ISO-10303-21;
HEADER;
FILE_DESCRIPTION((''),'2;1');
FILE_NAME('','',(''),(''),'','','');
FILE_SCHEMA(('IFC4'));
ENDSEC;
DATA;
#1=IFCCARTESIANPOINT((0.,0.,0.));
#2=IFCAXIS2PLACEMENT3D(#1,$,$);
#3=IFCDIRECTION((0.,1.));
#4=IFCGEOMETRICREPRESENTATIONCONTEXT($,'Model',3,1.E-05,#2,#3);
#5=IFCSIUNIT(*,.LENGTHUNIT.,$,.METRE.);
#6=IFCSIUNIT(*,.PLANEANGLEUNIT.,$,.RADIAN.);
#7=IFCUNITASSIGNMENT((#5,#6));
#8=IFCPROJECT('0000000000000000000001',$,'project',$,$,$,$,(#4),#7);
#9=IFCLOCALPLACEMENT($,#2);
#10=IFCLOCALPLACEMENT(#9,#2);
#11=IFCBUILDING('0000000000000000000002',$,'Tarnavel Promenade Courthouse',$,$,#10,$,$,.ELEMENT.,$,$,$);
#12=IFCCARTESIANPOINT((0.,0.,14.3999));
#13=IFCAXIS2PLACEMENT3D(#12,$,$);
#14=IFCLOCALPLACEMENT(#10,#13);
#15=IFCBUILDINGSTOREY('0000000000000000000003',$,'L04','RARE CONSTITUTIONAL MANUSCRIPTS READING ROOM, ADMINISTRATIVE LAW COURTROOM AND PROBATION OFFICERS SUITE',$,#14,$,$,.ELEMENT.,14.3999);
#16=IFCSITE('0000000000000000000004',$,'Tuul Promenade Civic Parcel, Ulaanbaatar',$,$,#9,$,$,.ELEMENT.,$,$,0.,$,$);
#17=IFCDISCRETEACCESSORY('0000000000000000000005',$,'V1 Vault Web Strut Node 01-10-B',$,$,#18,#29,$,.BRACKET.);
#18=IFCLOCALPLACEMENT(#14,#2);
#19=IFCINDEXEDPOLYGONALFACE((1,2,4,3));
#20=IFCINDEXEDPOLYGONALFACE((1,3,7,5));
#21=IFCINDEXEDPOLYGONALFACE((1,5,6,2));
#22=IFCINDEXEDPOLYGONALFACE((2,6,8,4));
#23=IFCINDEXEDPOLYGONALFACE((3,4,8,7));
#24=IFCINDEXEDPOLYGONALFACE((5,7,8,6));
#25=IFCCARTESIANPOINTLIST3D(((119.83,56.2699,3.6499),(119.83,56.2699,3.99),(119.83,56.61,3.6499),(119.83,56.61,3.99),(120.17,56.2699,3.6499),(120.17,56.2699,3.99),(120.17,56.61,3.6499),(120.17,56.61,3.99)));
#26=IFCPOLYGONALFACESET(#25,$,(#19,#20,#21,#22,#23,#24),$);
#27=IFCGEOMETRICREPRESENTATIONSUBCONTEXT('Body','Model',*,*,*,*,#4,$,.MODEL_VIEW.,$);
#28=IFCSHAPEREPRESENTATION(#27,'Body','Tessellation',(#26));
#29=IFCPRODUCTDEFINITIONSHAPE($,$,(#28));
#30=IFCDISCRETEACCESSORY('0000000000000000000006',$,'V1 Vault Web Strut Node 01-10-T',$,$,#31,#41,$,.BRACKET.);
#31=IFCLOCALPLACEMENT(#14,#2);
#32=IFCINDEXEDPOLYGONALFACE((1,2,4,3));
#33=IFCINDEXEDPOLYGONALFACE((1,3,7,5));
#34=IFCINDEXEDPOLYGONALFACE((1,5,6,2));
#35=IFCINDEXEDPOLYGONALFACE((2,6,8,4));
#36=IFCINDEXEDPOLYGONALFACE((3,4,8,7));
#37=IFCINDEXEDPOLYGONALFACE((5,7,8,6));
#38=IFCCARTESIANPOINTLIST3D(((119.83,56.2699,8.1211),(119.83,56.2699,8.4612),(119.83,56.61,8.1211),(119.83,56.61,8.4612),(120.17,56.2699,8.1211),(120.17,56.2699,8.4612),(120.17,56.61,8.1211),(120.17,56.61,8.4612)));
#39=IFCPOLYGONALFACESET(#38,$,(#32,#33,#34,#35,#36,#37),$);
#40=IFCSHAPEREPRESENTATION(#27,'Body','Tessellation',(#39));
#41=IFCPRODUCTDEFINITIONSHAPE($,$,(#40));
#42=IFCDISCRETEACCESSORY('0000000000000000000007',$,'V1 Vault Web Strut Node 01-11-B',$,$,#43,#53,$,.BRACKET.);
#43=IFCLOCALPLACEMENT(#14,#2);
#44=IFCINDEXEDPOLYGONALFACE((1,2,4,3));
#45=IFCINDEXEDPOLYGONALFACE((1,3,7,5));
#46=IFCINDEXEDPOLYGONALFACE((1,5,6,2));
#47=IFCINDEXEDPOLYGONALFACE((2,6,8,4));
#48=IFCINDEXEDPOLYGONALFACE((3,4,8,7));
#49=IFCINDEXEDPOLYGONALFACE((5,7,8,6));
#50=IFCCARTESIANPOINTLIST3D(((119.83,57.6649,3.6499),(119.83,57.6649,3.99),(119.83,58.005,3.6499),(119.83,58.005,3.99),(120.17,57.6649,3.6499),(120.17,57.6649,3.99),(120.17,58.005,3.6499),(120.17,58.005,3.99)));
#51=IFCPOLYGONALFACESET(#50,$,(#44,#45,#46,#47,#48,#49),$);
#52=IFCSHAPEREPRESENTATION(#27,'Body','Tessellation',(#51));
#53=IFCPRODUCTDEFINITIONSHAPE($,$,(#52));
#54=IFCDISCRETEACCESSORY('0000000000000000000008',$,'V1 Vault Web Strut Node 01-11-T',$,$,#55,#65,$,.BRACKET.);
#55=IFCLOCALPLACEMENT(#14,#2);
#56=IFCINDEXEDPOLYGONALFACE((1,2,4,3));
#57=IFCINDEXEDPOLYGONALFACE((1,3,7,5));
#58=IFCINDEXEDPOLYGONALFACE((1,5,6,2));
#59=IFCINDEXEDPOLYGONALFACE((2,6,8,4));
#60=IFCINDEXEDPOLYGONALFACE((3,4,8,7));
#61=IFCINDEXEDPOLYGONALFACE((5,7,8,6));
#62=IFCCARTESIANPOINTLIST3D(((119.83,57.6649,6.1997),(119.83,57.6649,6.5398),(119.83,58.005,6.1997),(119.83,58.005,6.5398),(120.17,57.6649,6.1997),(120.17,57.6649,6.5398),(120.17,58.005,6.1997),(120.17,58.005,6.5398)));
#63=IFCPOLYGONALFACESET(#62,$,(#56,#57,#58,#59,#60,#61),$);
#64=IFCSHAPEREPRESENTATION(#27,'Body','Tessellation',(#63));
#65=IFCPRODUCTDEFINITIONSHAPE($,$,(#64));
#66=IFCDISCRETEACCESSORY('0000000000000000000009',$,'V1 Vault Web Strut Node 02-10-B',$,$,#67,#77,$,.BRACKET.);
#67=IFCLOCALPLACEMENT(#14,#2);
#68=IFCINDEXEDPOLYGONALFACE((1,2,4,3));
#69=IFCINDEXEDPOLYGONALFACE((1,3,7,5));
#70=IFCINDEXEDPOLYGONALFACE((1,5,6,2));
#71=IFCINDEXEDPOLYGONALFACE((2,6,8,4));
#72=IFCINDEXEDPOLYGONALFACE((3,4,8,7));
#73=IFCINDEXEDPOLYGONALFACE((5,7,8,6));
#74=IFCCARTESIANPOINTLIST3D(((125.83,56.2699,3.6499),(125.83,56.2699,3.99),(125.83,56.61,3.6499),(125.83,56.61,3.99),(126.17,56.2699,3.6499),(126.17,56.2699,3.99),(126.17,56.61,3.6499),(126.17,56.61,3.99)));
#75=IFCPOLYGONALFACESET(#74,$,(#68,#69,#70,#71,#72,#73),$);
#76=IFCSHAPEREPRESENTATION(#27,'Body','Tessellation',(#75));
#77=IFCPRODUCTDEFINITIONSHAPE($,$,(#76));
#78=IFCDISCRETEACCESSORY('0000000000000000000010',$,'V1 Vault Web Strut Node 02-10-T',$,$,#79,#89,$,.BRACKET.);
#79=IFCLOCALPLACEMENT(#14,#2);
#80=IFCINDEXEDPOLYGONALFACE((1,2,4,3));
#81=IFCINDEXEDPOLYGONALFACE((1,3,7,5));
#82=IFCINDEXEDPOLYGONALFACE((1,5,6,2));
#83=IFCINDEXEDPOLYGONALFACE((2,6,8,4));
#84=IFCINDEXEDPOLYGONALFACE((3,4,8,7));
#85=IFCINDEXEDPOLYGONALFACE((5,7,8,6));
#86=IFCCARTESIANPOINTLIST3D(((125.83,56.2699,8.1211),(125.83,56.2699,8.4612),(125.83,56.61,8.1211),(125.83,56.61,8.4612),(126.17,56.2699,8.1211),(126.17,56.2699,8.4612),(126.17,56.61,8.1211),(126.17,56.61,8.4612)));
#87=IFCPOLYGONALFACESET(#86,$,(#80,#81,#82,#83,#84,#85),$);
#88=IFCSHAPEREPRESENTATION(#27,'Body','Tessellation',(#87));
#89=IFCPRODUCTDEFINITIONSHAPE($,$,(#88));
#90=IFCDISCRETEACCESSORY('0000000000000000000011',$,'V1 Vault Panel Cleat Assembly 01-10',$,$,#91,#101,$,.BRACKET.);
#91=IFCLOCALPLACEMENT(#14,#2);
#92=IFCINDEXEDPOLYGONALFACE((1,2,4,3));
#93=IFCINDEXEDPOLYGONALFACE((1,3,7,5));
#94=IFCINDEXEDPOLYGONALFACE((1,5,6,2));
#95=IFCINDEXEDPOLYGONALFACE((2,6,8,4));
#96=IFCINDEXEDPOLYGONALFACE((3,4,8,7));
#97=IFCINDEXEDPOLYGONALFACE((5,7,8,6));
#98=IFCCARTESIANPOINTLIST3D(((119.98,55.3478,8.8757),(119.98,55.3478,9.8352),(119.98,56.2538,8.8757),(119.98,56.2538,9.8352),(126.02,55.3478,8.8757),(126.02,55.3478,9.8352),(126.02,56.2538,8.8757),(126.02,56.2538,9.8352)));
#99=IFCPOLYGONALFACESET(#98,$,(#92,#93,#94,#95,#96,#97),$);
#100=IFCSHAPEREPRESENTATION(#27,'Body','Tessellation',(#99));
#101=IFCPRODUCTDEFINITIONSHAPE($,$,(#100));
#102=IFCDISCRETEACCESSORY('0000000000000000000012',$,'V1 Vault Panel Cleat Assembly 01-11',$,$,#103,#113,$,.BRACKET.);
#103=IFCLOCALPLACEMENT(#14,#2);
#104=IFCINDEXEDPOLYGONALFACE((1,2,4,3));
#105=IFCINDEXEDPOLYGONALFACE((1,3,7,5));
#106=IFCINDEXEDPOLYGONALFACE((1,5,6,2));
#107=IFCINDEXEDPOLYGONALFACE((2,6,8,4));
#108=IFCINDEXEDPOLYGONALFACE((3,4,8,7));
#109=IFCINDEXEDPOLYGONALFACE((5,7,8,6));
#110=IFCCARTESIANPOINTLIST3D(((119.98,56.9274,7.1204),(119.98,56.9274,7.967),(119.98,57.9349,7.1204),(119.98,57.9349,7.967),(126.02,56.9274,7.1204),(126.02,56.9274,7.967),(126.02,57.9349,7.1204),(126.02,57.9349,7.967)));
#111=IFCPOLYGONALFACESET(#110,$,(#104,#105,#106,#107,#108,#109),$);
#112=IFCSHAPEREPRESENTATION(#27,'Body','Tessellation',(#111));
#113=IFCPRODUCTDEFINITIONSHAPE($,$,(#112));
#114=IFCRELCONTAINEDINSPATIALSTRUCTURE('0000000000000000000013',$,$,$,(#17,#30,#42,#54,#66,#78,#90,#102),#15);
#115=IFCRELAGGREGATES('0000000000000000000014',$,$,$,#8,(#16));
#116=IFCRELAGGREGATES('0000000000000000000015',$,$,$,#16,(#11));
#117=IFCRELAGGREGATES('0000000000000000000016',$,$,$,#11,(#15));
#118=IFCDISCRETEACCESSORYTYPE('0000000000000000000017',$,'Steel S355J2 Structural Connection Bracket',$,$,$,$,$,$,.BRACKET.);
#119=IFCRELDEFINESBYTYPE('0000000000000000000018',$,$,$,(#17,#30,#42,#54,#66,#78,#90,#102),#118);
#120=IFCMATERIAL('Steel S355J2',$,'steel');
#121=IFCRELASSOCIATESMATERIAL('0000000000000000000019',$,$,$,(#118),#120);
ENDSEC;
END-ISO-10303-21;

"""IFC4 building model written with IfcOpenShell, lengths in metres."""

from ifc_helpers import new_model, si_unit, direction, frame, origin, origin_2d, place, context, subcontext, project, spatial, rectangle, extrude, material, type_object, element, save


model = new_model("IFC4")

# Units and contexts
model_context = context("Model", 3, precision=1e-05, world=origin(), true_north=direction((0.0, 1.0)))
body_context = subcontext(model_context, "Body", "Model", "MODEL_VIEW")
ifc_project = project(units=[si_unit("LENGTHUNIT", "METRE"), si_unit("PLANEANGLEUNIT", "RADIAN")], contexts=[model_context])

# Site, building, storey
site_placement = place(None, origin())
site = spatial("IfcSite", under=ifc_project, at=site_placement, Name="Tuul Promenade Civic Parcel, Ulaanbaatar", CompositionType="ELEMENT", RefElevation=0.0)
building_placement = place(site_placement, origin())
building = spatial("IfcBuilding", under=site, at=building_placement, Name="Tarnavel Promenade Courthouse", CompositionType="ELEMENT")
storey_placement = place(building_placement, frame((0.0, 0.0, 14.3999)))
storey = spatial("IfcBuildingStorey", under=building, at=storey_placement, Name="L04", Description="RARE CONSTITUTIONAL MANUSCRIPTS READING ROOM, ADMINISTRATIVE LAW COURTROOM AND PROBATION OFFICERS SUITE", CompositionType="ELEMENT", Elevation=14.3999)

# Shared definitions
ifc_material_1 = material(Name="Steel S355J2", Category="steel")

# Discrete accessories
discrete_accessory_type = type_object("IfcDiscreteAccessoryType", Name="Steel S355J2 Structural Connection Bracket", PredefinedType="BRACKET", material=ifc_material_1)
for number, where, z_axis, x_axis, name in (
    (1, (120.0, 56.4399, 3.6499), (0.0, 0.0, 1.0), (1.0, 0.0, 0.0), "V1 Vault Web Strut Node 01-10-B"),
    (2, (120.0, 56.4399, 8.1211), (0.0, 0.0, 1.0), (1.0, 0.0, 0.0), "V1 Vault Web Strut Node 01-10-T"),
    (3, (120.0, 57.835, 3.6499), (0.0, 0.0, 1.0), (1.0, 0.0, 0.0), "V1 Vault Web Strut Node 01-11-B"),
    (4, (120.0, 57.835, 6.1997), (0.0, 0.0, 1.0), (1.0, 0.0, 0.0), "V1 Vault Web Strut Node 01-11-T"),
    (5, (126.0, 56.4399, 3.6499), (0.0, 0.0, 1.0), (1.0, 0.0, 0.0), "V1 Vault Web Strut Node 02-10-B"),
    (6, (126.0, 56.4399, 8.1211), (0.0, 0.0, 1.0), (1.0, 0.0, 0.0), "V1 Vault Web Strut Node 02-10-T"),
):
    element("IfcDiscreteAccessory", number, at=place(storey_placement, frame(where, z_axis=z_axis, x_axis=x_axis)), inside=storey, type_object=discrete_accessory_type, Name=name, PredefinedType="BRACKET", context=body_context, shape_type="SweptSolid", body=[
        extrude(rectangle(XDim=0.3401, YDim=0.3401, at=origin_2d()), origin(), (0.0, 0.0, 1.0), 0.3401),
    ])
discrete_accessory_1_placement = place(storey_placement, frame((123.0, 55.8008, 8.8757), z_axis=(0.0, 0.0, 1.0), x_axis=(1.0, 0.0, 0.0)))
element("IfcDiscreteAccessory", 7, at=discrete_accessory_1_placement, inside=storey, type_object=discrete_accessory_type, Name="V1 Vault Panel Cleat Assembly 01-10", PredefinedType="BRACKET", context=body_context, shape_type="SweptSolid", body=[
    extrude(rectangle(XDim=6.04, YDim=0.906, at=origin_2d()), origin(), (0.0, 0.0, 1.0), 0.9595),
])
discrete_accessory_2_placement = place(storey_placement, frame((123.0, 57.4312, 7.1204), z_axis=(0.0, 0.0, 1.0), x_axis=(1.0, 0.0, 0.0)))
element("IfcDiscreteAccessory", 8, at=discrete_accessory_2_placement, inside=storey, type_object=discrete_accessory_type, Name="V1 Vault Panel Cleat Assembly 01-11", PredefinedType="BRACKET", context=body_context, shape_type="SweptSolid", body=[
    extrude(rectangle(XDim=6.04, YDim=1.0076, at=origin_2d()), origin(), (0.0, 0.0, 1.0), 0.8467),
])

save(model, "model.ifc")
